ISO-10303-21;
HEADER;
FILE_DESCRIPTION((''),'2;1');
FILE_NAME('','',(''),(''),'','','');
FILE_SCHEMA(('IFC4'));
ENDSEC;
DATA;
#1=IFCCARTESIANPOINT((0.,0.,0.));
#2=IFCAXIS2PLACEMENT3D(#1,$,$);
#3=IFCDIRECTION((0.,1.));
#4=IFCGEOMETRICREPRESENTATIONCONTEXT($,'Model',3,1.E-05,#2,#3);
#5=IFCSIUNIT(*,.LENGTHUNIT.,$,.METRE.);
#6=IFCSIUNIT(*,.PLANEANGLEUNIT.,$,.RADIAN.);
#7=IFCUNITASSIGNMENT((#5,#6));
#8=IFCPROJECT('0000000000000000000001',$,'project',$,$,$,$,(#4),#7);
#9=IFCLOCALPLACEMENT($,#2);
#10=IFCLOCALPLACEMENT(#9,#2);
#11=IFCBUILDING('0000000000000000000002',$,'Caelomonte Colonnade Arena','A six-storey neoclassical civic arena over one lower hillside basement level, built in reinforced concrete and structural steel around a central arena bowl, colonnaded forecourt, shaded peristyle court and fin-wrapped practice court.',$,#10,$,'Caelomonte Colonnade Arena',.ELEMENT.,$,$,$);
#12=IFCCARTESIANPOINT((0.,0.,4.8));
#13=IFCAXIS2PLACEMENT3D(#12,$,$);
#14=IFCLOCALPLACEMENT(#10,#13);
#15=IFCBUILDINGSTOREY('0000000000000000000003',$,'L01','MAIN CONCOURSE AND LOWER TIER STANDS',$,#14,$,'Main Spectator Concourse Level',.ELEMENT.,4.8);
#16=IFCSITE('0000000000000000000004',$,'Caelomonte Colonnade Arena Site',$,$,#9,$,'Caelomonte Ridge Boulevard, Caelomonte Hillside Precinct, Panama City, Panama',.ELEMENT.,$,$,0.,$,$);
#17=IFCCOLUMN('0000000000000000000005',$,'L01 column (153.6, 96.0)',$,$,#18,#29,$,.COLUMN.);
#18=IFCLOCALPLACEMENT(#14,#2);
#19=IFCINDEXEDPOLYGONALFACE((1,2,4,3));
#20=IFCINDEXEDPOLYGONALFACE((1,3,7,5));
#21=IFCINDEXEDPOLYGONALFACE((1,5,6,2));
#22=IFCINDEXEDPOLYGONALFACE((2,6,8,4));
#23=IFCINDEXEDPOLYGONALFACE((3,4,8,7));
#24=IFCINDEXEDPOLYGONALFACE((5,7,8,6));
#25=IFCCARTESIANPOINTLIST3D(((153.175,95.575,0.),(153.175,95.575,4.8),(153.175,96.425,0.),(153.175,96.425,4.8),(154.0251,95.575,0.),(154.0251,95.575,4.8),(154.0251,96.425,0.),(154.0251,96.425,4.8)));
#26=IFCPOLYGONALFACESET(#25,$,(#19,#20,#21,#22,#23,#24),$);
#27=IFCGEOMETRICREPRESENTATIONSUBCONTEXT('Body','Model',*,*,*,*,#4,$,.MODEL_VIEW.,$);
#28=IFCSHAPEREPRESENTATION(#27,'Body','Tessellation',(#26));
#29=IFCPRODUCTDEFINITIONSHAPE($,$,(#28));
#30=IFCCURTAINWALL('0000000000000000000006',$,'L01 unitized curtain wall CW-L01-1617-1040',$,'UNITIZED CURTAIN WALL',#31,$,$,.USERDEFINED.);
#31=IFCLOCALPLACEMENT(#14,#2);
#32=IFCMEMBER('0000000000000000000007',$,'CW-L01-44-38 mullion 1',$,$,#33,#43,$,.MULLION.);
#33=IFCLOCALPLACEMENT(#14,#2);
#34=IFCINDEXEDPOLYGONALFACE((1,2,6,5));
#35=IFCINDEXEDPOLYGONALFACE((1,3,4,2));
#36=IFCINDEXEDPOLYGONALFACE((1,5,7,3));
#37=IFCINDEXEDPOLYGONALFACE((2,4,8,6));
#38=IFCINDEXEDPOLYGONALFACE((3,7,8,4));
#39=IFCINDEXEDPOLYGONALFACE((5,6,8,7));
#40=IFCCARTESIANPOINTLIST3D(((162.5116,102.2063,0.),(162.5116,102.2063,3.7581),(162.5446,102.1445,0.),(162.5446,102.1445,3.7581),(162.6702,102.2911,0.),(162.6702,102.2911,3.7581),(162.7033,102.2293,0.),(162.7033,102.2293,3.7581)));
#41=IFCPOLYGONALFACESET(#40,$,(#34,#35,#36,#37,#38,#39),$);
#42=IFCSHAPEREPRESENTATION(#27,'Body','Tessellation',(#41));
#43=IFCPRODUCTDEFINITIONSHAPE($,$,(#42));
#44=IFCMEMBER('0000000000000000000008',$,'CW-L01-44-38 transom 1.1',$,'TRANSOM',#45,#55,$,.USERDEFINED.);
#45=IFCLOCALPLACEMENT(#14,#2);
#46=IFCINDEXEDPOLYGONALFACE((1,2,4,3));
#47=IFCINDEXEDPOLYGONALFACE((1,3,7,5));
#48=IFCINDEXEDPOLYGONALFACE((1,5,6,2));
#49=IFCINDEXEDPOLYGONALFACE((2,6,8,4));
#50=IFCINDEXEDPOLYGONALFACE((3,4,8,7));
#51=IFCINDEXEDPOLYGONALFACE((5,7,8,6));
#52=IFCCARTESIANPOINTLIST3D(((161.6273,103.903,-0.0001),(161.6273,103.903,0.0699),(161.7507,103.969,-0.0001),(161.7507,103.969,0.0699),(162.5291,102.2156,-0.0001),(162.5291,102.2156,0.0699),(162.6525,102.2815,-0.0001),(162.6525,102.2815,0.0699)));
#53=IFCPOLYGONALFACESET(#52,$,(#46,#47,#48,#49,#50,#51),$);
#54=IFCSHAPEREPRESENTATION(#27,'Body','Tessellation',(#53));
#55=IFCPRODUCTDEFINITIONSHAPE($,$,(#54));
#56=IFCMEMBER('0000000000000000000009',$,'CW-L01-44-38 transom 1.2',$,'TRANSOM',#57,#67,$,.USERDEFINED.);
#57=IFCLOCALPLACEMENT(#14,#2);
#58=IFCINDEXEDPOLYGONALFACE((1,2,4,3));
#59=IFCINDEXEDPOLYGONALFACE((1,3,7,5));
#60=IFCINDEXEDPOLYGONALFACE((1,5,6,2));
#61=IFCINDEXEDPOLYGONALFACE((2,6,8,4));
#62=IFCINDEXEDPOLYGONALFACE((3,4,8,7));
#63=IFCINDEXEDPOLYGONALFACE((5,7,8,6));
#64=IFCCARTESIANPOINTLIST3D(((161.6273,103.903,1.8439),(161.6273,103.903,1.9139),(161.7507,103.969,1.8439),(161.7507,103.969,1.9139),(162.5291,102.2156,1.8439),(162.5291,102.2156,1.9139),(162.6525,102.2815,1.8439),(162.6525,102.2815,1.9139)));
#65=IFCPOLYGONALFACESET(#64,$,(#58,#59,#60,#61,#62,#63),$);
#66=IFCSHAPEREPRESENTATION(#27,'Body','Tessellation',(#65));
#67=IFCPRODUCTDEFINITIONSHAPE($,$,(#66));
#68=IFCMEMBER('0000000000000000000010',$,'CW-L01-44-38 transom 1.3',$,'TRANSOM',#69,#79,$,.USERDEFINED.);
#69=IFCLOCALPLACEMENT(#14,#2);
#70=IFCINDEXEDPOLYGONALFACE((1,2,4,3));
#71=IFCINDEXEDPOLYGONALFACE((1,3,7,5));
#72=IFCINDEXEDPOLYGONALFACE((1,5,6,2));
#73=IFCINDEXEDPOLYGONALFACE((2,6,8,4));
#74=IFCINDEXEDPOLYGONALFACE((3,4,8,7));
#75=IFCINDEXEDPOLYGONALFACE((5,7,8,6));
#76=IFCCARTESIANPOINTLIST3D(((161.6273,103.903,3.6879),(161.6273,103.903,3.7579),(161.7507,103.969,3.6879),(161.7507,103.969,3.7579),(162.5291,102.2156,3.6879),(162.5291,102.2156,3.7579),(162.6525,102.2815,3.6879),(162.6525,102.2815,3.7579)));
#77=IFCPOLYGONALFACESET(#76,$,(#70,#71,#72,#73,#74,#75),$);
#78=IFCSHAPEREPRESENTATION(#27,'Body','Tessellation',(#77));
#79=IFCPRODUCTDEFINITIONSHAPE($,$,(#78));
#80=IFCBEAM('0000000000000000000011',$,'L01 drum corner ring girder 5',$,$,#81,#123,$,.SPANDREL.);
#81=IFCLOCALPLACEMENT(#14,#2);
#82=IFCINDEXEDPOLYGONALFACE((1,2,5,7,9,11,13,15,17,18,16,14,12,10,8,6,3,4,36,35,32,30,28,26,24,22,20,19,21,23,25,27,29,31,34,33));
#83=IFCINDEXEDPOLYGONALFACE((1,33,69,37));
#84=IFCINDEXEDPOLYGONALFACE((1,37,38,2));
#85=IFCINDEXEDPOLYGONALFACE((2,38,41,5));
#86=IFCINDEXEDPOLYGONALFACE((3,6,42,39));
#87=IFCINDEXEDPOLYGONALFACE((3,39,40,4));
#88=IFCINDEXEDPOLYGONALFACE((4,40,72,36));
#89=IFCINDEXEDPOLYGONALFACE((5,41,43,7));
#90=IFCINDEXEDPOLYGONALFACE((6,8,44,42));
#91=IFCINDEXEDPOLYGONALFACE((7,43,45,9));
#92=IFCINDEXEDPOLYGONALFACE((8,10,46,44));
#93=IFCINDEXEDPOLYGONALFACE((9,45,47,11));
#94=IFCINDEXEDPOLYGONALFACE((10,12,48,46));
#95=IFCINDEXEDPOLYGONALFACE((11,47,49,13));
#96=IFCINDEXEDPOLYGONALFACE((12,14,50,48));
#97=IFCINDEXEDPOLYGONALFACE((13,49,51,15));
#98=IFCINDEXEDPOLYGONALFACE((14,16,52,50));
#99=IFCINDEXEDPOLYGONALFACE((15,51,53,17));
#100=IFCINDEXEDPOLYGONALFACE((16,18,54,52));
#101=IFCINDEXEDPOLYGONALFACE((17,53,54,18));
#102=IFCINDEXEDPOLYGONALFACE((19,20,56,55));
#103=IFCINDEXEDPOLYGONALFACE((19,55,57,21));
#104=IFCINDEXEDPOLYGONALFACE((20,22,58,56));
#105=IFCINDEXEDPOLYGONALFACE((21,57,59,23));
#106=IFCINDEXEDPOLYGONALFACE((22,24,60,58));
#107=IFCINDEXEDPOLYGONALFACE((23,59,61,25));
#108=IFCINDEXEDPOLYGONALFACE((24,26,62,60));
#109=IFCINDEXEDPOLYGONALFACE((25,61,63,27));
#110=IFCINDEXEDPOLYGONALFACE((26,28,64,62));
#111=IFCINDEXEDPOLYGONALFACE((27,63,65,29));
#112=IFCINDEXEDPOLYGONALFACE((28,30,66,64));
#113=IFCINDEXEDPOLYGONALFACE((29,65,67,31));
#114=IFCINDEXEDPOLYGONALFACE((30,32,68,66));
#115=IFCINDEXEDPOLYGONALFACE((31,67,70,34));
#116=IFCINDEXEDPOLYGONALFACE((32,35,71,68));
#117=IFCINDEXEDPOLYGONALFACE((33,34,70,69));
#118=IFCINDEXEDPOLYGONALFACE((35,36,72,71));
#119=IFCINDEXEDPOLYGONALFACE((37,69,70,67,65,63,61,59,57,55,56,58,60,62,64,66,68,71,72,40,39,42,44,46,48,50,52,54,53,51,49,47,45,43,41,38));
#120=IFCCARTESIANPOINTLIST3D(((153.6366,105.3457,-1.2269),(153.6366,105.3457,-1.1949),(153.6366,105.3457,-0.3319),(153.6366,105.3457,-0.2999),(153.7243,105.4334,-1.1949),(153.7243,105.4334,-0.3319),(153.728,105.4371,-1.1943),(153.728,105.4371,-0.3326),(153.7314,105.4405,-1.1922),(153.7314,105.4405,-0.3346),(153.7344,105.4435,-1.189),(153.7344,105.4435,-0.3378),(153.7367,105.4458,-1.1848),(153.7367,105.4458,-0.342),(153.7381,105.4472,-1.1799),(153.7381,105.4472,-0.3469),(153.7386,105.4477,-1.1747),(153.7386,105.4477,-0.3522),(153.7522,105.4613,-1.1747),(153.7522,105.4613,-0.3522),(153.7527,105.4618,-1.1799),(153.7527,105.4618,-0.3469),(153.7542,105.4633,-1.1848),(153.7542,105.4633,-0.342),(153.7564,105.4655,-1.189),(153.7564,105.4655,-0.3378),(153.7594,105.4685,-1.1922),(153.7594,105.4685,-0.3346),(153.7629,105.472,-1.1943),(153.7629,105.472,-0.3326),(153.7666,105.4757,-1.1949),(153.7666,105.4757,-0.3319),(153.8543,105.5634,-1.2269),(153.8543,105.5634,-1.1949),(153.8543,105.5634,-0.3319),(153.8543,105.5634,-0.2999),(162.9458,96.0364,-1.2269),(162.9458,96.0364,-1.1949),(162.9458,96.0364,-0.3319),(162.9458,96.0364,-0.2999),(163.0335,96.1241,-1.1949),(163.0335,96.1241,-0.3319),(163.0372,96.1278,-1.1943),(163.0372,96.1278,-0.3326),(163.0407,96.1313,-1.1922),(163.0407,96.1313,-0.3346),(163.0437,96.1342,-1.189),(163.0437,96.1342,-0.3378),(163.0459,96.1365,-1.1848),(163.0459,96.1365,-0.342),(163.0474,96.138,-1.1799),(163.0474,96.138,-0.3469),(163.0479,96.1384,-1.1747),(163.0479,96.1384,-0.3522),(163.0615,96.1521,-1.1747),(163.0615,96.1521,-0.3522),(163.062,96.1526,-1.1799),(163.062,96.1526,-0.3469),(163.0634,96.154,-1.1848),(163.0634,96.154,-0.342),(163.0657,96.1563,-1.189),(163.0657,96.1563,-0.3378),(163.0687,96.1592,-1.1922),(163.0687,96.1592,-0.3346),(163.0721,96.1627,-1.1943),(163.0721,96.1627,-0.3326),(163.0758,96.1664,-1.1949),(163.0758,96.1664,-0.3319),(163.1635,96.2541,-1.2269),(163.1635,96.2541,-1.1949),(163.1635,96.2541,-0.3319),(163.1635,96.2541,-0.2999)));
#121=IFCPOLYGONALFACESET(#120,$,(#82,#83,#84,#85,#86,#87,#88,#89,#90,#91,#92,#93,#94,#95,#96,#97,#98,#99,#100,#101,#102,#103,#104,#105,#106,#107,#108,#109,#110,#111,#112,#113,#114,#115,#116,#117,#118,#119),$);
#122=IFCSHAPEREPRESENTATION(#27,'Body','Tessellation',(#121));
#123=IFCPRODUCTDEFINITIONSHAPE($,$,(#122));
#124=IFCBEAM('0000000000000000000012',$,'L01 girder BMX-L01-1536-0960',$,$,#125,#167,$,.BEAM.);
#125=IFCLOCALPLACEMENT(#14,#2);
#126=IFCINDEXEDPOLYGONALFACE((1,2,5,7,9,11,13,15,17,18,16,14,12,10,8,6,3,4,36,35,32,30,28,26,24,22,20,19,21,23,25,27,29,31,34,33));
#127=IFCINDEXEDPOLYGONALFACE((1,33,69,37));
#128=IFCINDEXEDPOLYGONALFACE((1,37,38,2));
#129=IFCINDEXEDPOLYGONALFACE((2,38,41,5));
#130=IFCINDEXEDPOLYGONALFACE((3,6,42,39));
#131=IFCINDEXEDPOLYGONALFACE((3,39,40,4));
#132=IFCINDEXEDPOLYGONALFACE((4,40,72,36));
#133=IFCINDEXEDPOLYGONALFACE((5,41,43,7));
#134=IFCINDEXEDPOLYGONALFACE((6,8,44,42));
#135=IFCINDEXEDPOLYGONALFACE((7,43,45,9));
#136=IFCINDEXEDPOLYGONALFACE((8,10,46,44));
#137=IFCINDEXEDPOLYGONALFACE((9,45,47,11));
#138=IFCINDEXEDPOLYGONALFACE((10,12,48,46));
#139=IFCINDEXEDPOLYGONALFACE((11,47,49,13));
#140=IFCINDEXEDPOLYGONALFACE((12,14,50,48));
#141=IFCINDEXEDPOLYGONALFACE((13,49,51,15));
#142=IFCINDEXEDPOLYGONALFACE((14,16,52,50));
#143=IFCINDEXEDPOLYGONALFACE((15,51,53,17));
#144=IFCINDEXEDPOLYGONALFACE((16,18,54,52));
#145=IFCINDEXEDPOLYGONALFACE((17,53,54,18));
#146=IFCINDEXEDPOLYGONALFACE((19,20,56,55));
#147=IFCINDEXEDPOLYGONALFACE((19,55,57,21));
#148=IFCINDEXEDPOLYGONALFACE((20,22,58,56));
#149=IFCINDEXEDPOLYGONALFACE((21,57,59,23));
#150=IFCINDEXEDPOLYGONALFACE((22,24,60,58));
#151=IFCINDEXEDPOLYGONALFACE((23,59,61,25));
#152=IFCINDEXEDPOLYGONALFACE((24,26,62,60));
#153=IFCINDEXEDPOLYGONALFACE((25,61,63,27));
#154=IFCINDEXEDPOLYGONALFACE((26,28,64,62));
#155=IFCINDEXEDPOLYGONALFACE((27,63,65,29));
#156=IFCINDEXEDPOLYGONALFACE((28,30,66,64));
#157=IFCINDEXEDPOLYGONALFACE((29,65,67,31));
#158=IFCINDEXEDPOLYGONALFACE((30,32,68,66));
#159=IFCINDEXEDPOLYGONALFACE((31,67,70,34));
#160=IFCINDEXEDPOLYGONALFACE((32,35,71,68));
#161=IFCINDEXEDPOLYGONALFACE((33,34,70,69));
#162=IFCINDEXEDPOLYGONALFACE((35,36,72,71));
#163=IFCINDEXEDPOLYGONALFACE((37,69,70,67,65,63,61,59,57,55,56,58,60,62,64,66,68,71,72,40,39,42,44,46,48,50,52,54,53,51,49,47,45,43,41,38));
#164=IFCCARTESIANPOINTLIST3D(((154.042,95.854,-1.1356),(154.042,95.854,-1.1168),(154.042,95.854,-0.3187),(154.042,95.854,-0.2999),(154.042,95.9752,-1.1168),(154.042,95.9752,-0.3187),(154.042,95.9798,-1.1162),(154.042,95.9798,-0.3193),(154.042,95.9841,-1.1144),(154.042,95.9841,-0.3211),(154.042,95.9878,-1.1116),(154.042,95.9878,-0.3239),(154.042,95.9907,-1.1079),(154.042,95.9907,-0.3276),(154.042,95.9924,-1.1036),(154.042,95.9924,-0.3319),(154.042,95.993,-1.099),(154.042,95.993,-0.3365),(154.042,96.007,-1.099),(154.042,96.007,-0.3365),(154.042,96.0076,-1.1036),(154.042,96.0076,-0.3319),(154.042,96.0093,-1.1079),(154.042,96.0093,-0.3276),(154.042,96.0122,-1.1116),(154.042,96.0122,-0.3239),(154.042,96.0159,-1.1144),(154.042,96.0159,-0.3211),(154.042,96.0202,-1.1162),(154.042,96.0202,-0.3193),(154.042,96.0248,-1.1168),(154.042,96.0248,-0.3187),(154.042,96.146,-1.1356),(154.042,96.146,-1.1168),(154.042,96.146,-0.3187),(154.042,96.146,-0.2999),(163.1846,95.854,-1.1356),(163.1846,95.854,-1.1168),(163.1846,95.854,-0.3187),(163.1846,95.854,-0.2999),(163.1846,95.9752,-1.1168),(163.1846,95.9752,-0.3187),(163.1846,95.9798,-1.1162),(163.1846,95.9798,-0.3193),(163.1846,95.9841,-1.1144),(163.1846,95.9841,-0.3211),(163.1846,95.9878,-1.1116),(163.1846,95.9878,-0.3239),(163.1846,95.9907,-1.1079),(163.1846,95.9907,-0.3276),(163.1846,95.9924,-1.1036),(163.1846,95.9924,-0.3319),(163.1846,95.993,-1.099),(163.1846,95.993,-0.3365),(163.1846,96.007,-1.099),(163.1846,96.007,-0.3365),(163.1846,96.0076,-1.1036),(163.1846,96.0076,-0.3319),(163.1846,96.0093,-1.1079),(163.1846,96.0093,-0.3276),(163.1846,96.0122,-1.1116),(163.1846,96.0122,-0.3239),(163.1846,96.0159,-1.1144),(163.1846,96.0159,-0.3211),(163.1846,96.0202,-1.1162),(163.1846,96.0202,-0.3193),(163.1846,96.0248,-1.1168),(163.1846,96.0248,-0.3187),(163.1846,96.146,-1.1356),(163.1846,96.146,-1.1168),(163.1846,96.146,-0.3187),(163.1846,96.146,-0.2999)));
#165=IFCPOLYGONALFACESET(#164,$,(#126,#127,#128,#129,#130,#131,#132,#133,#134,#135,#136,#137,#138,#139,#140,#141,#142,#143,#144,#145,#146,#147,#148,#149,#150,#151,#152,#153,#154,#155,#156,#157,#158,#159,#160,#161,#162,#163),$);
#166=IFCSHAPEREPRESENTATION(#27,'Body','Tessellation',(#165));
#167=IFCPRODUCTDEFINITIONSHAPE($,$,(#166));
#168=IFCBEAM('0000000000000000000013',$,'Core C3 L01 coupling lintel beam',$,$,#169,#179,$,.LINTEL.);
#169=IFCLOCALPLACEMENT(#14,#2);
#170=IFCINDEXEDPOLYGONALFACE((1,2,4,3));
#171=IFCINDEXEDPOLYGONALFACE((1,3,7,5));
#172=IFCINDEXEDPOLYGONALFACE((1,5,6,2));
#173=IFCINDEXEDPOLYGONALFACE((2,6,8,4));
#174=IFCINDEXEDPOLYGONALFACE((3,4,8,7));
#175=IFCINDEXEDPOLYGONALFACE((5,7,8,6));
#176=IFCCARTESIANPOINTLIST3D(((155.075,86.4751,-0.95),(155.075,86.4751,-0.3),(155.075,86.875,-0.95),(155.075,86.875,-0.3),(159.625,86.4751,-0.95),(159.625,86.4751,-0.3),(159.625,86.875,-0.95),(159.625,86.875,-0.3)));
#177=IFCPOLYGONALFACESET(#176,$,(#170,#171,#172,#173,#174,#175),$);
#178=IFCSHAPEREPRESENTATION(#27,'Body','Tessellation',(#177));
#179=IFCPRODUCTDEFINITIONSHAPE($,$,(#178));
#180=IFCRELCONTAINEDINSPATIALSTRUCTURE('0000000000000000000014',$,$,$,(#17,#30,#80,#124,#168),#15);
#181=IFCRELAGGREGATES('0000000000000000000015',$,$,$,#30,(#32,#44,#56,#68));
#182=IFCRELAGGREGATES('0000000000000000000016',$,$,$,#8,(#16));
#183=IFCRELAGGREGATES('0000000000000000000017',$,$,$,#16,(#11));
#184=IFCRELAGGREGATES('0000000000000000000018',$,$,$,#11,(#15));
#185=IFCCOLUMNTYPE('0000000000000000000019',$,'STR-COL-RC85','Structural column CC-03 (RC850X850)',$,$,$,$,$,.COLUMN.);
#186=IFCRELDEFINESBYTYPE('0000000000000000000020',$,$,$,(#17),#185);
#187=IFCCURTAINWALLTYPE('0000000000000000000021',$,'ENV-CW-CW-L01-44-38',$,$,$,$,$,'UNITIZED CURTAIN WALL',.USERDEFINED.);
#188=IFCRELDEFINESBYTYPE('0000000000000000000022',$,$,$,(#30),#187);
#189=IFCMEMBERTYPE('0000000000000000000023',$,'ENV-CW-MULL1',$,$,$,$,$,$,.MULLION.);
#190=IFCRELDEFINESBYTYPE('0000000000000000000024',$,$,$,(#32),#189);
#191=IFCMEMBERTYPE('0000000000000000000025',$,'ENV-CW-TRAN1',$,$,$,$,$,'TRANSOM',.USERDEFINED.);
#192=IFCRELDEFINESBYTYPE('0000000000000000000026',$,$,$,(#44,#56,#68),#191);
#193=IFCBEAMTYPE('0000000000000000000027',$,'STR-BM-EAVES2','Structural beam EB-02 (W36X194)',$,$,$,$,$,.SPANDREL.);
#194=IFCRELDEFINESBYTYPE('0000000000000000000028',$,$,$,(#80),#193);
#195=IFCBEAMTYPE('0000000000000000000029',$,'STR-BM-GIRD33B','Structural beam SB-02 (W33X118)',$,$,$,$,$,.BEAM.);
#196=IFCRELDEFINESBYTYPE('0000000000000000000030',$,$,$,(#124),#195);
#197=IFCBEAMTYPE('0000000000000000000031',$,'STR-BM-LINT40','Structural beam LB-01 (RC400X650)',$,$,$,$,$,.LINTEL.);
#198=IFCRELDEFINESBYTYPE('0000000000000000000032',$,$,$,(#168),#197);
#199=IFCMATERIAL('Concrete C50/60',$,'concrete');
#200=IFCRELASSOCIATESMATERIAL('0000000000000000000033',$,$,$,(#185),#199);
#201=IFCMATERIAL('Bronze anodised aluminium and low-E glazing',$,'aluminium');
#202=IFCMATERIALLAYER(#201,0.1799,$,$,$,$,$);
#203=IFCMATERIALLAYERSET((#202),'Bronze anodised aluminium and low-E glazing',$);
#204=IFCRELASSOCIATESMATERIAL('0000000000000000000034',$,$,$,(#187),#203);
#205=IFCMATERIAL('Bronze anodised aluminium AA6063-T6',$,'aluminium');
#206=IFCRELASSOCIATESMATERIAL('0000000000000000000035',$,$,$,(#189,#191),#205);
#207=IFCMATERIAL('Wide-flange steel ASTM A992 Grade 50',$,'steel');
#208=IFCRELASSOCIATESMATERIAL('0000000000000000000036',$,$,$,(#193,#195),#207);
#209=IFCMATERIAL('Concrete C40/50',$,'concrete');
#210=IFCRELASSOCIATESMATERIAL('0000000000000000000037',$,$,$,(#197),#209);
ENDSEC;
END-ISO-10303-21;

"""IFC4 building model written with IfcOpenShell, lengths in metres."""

from ifc_helpers import new_model, si_unit, direction, frame, origin, origin_2d, place, context, subcontext, project, spatial, rectangle, i_section, extrude, material, layer, layer_set, material_profile, profile_set, type_object, element, aggregate, save


model = new_model("IFC4")

# Units and contexts
model_context = context("Model", 3, precision=1e-05, world=origin(), true_north=direction((0.0, 1.0)))
body_context = subcontext(model_context, "Body", "Model", "MODEL_VIEW")
ifc_project = project(units=[si_unit("LENGTHUNIT", "METRE"), si_unit("PLANEANGLEUNIT", "RADIAN")], contexts=[model_context])

# Site, building, storey
site_placement = place(None, origin())
site = spatial("IfcSite", under=ifc_project, at=site_placement, Name="Caelomonte Colonnade Arena Site", LongName="Caelomonte Ridge Boulevard, Caelomonte Hillside Precinct, Panama City, Panama", CompositionType="ELEMENT", RefElevation=0.0)
building_placement = place(site_placement, origin())
building = spatial("IfcBuilding", under=site, at=building_placement, Name="Caelomonte Colonnade Arena", Description="A six-storey neoclassical civic arena over one lower hillside basement level, built in reinforced concrete and structural steel around a central arena bowl, colonnaded forecourt, shaded peristyle court and fin-wrapped practice court.", LongName="Caelomonte Colonnade Arena", CompositionType="ELEMENT")
storey_placement = place(building_placement, frame((0.0, 0.0, 4.8)))
storey = spatial("IfcBuildingStorey", under=building, at=storey_placement, Name="L01", Description="MAIN CONCOURSE AND LOWER TIER STANDS", LongName="Main Spectator Concourse Level", CompositionType="ELEMENT", Elevation=4.8)

# Column
ifc_material_1 = material(Name="Concrete C50/60", Category="concrete")
ifc_material_profile_1 = material_profile(ifc_material_1, rectangle(XDim=0.8501, YDim=0.8501, at=origin_2d()), Name="RC850X850")
ifc_profile_set_1 = profile_set([ifc_material_profile_1], Name="Concrete C50/60")
column_type = type_object("IfcColumnType", Name="STR-COL-RC85", Description="Structural column CC-03 (RC850X850)", PredefinedType="COLUMN", material=ifc_profile_set_1)
column_placement = place(storey_placement, frame((153.6001, 96.0, 0.0), z_axis=(0.0, 0.0, 1.0), x_axis=(1.0, 0.0, 0.0)))
element("IfcColumn", 1, at=column_placement, inside=storey, type_object=column_type, Name="L01 column (153.6, 96.0)", PredefinedType="COLUMN", context=body_context, shape_type="SweptSolid", body=[
    extrude(rectangle(XDim=0.8501, YDim=0.8501, at=origin_2d()), origin(), (0.0, 0.0, 1.0), 4.8),
])

# Curtain wall, members
ifc_material_2 = material(Name="Bronze anodised aluminium and low-E glazing", Category="aluminium")
ifc_layer_1 = layer(ifc_material_2, 0.1799)
ifc_layer_set_1 = layer_set([ifc_layer_1], Name="Bronze anodised aluminium and low-E glazing")
curtain_wall_type = type_object("IfcCurtainWallType", Name="ENV-CW-CW-L01-44-38", ElementType="UNITIZED CURTAIN WALL", PredefinedType="USERDEFINED", material=ifc_layer_set_1)
curtain_wall_placement = place(storey_placement, origin())
curtain_wall = element("IfcCurtainWall", 2, at=curtain_wall_placement, inside=storey, type_object=curtain_wall_type, Name="L01 unitized curtain wall CW-L01-1617-1040", ObjectType="UNITIZED CURTAIN WALL", PredefinedType="USERDEFINED")
ifc_material_3 = material(Name="Bronze anodised aluminium AA6063-T6", Category="aluminium")
ifc_material_profile_2 = material_profile(ifc_material_3, rectangle(XDim=0.0701, YDim=0.1799, at=origin_2d()), Name="CWM-70X180")
ifc_profile_set_2 = profile_set([ifc_material_profile_2], Name="Bronze anodised aluminium AA6063-T6")
member_type_1 = type_object("IfcMemberType", Name="ENV-CW-MULL1", PredefinedType="MULLION", material=ifc_profile_set_2)
member_1_placement = place(storey_placement, frame((162.6074, 102.2178, 0.0), z_axis=(0.0, 0.0, 1.0), x_axis=(-0.471394, 0.881923, 0.0)))
member_1 = element("IfcMember", 3, at=member_1_placement, type_object=member_type_1, Name="CW-L01-44-38 mullion 1", PredefinedType="MULLION", context=body_context, shape_type="SweptSolid", body=[
    extrude(rectangle(XDim=0.0701, YDim=0.1799, at=origin_2d()), origin(), (0.0, 0.0, 1.0), 3.7581),
])
ifc_material_profile_3 = material_profile(ifc_material_3, rectangle(XDim=0.0701, YDim=0.1399, at=origin_2d()), Name="CWT-70X140")
ifc_profile_set_3 = profile_set([ifc_material_profile_3], Name="Bronze anodised aluminium AA6063-T6")
member_type_2 = type_object("IfcMemberType", Name="ENV-CW-TRAN1", ElementType="TRANSOM", PredefinedType="USERDEFINED", material=ifc_profile_set_3)
member_2_placement = place(storey_placement, frame((162.5908, 102.2485, 0.0349), z_axis=(-0.471343, 0.88195, 0.0), x_axis=(0.0, 0.0, 1.0)))
member_2 = element("IfcMember", 4, at=member_2_placement, type_object=member_type_2, Name="CW-L01-44-38 transom 1.1", ObjectType="TRANSOM", PredefinedType="USERDEFINED", context=body_context, shape_type="SweptSolid", body=[
    extrude(rectangle(XDim=0.0701, YDim=0.1399, at=origin_2d()), origin(), (0.0, 0.0, 1.0), 1.9133),
])
member_3_placement = place(storey_placement, frame((162.5908, 102.2485, 1.8789), z_axis=(-0.471343, 0.88195, 0.0), x_axis=(0.0, 0.0, 1.0)))
member_3 = element("IfcMember", 5, at=member_3_placement, type_object=member_type_2, Name="CW-L01-44-38 transom 1.2", ObjectType="TRANSOM", PredefinedType="USERDEFINED", context=body_context, shape_type="SweptSolid", body=[
    extrude(rectangle(XDim=0.0701, YDim=0.1399, at=origin_2d()), origin(), (0.0, 0.0, 1.0), 1.9133),
])
member_4_placement = place(storey_placement, frame((162.5908, 102.2485, 3.7229), z_axis=(-0.471343, 0.88195, 0.0), x_axis=(0.0, 0.0, 1.0)))
member_4 = element("IfcMember", 6, at=member_4_placement, type_object=member_type_2, Name="CW-L01-44-38 transom 1.3", ObjectType="TRANSOM", PredefinedType="USERDEFINED", context=body_context, shape_type="SweptSolid", body=[
    extrude(rectangle(XDim=0.0701, YDim=0.1399, at=origin_2d()), origin(), (0.0, 0.0, 1.0), 1.9133),
])
aggregate(curtain_wall, [member_1, member_2, member_3, member_4])

# Beams
ifc_material_4 = material(Name="Wide-flange steel ASTM A992 Grade 50", Category="steel")
ifc_material_profile_4 = material_profile(ifc_material_4, i_section(OverallWidth=0.3079, OverallDepth=0.927, WebThickness=0.0193, FlangeThickness=0.032, FilletRadius=0.0203, at=origin_2d()), Name="W36X194")
ifc_profile_set_4 = profile_set([ifc_material_profile_4], Name="Wide-flange steel ASTM A992 Grade 50")
beam_type_1 = type_object("IfcBeamType", Name="STR-BM-EAVES2", Description="Structural beam EB-02 (W36X194)", PredefinedType="SPANDREL", material=ifc_profile_set_4)
beam_1_placement = place(storey_placement, frame((163.0547, 96.1453, -0.7634), z_axis=(-0.707107, 0.707107, 0.0), x_axis=(-0.707107, -0.707107, 0.0)))
element("IfcBeam", 7, at=beam_1_placement, inside=storey, type_object=beam_type_1, Name="L01 drum corner ring girder 5", PredefinedType="SPANDREL", context=body_context, shape_type="SweptSolid", body=[
    extrude(i_section(OverallWidth=0.3079, OverallDepth=0.927, WebThickness=0.0193, FlangeThickness=0.032, FilletRadius=0.0203, at=origin_2d()), origin(), (0.0, 0.0, 1.0), 13.1653),
])
ifc_material_profile_5 = material_profile(ifc_material_4, i_section(OverallWidth=0.292, OverallDepth=0.8357, WebThickness=0.0139, FlangeThickness=0.0188, FilletRadius=0.0178, at=origin_2d()), Name="W33X118")
ifc_profile_set_5 = profile_set([ifc_material_profile_5], Name="Wide-flange steel ASTM A992 Grade 50")
beam_type_2 = type_object("IfcBeamType", Name="STR-BM-GIRD33B", Description="Structural beam SB-02 (W33X118)", PredefinedType="BEAM", material=ifc_profile_set_5)
beam_2_placement = place(storey_placement, frame((154.042, 96.0, -0.7178), z_axis=(1.0, 0.0, 0.0), x_axis=(0.0, 1.0, 0.0)))
element("IfcBeam", 8, at=beam_2_placement, inside=storey, type_object=beam_type_2, Name="L01 girder BMX-L01-1536-0960", PredefinedType="BEAM", context=body_context, shape_type="SweptSolid", body=[
    extrude(i_section(OverallWidth=0.292, OverallDepth=0.8357, WebThickness=0.0139, FlangeThickness=0.0188, FilletRadius=0.0178, at=origin_2d()), origin(), (0.0, 0.0, 1.0), 9.1426),
])
ifc_material_5 = material(Name="Concrete C40/50", Category="concrete")
ifc_material_profile_6 = material_profile(ifc_material_5, rectangle(XDim=0.3999, YDim=0.6499, at=origin_2d()), Name="RC400X650")
ifc_profile_set_6 = profile_set([ifc_material_profile_6], Name="Concrete C40/50")
beam_type_3 = type_object("IfcBeamType", Name="STR-BM-LINT40", Description="Structural beam LB-01 (RC400X650)", PredefinedType="LINTEL", material=ifc_profile_set_6)
beam_3_placement = place(storey_placement, frame((155.075, 86.675, -0.625), z_axis=(1.0, 0.0, 0.0), x_axis=(0.0, 1.0, 0.0)))
element("IfcBeam", 9, at=beam_3_placement, inside=storey, type_object=beam_type_3, Name="Core C3 L01 coupling lintel beam", PredefinedType="LINTEL", context=body_context, shape_type="SweptSolid", body=[
    extrude(rectangle(XDim=0.3999, YDim=0.6499, at=origin_2d()), origin(), (0.0, 0.0, 1.0), 4.55),
])

save(model, "model.ifc")
